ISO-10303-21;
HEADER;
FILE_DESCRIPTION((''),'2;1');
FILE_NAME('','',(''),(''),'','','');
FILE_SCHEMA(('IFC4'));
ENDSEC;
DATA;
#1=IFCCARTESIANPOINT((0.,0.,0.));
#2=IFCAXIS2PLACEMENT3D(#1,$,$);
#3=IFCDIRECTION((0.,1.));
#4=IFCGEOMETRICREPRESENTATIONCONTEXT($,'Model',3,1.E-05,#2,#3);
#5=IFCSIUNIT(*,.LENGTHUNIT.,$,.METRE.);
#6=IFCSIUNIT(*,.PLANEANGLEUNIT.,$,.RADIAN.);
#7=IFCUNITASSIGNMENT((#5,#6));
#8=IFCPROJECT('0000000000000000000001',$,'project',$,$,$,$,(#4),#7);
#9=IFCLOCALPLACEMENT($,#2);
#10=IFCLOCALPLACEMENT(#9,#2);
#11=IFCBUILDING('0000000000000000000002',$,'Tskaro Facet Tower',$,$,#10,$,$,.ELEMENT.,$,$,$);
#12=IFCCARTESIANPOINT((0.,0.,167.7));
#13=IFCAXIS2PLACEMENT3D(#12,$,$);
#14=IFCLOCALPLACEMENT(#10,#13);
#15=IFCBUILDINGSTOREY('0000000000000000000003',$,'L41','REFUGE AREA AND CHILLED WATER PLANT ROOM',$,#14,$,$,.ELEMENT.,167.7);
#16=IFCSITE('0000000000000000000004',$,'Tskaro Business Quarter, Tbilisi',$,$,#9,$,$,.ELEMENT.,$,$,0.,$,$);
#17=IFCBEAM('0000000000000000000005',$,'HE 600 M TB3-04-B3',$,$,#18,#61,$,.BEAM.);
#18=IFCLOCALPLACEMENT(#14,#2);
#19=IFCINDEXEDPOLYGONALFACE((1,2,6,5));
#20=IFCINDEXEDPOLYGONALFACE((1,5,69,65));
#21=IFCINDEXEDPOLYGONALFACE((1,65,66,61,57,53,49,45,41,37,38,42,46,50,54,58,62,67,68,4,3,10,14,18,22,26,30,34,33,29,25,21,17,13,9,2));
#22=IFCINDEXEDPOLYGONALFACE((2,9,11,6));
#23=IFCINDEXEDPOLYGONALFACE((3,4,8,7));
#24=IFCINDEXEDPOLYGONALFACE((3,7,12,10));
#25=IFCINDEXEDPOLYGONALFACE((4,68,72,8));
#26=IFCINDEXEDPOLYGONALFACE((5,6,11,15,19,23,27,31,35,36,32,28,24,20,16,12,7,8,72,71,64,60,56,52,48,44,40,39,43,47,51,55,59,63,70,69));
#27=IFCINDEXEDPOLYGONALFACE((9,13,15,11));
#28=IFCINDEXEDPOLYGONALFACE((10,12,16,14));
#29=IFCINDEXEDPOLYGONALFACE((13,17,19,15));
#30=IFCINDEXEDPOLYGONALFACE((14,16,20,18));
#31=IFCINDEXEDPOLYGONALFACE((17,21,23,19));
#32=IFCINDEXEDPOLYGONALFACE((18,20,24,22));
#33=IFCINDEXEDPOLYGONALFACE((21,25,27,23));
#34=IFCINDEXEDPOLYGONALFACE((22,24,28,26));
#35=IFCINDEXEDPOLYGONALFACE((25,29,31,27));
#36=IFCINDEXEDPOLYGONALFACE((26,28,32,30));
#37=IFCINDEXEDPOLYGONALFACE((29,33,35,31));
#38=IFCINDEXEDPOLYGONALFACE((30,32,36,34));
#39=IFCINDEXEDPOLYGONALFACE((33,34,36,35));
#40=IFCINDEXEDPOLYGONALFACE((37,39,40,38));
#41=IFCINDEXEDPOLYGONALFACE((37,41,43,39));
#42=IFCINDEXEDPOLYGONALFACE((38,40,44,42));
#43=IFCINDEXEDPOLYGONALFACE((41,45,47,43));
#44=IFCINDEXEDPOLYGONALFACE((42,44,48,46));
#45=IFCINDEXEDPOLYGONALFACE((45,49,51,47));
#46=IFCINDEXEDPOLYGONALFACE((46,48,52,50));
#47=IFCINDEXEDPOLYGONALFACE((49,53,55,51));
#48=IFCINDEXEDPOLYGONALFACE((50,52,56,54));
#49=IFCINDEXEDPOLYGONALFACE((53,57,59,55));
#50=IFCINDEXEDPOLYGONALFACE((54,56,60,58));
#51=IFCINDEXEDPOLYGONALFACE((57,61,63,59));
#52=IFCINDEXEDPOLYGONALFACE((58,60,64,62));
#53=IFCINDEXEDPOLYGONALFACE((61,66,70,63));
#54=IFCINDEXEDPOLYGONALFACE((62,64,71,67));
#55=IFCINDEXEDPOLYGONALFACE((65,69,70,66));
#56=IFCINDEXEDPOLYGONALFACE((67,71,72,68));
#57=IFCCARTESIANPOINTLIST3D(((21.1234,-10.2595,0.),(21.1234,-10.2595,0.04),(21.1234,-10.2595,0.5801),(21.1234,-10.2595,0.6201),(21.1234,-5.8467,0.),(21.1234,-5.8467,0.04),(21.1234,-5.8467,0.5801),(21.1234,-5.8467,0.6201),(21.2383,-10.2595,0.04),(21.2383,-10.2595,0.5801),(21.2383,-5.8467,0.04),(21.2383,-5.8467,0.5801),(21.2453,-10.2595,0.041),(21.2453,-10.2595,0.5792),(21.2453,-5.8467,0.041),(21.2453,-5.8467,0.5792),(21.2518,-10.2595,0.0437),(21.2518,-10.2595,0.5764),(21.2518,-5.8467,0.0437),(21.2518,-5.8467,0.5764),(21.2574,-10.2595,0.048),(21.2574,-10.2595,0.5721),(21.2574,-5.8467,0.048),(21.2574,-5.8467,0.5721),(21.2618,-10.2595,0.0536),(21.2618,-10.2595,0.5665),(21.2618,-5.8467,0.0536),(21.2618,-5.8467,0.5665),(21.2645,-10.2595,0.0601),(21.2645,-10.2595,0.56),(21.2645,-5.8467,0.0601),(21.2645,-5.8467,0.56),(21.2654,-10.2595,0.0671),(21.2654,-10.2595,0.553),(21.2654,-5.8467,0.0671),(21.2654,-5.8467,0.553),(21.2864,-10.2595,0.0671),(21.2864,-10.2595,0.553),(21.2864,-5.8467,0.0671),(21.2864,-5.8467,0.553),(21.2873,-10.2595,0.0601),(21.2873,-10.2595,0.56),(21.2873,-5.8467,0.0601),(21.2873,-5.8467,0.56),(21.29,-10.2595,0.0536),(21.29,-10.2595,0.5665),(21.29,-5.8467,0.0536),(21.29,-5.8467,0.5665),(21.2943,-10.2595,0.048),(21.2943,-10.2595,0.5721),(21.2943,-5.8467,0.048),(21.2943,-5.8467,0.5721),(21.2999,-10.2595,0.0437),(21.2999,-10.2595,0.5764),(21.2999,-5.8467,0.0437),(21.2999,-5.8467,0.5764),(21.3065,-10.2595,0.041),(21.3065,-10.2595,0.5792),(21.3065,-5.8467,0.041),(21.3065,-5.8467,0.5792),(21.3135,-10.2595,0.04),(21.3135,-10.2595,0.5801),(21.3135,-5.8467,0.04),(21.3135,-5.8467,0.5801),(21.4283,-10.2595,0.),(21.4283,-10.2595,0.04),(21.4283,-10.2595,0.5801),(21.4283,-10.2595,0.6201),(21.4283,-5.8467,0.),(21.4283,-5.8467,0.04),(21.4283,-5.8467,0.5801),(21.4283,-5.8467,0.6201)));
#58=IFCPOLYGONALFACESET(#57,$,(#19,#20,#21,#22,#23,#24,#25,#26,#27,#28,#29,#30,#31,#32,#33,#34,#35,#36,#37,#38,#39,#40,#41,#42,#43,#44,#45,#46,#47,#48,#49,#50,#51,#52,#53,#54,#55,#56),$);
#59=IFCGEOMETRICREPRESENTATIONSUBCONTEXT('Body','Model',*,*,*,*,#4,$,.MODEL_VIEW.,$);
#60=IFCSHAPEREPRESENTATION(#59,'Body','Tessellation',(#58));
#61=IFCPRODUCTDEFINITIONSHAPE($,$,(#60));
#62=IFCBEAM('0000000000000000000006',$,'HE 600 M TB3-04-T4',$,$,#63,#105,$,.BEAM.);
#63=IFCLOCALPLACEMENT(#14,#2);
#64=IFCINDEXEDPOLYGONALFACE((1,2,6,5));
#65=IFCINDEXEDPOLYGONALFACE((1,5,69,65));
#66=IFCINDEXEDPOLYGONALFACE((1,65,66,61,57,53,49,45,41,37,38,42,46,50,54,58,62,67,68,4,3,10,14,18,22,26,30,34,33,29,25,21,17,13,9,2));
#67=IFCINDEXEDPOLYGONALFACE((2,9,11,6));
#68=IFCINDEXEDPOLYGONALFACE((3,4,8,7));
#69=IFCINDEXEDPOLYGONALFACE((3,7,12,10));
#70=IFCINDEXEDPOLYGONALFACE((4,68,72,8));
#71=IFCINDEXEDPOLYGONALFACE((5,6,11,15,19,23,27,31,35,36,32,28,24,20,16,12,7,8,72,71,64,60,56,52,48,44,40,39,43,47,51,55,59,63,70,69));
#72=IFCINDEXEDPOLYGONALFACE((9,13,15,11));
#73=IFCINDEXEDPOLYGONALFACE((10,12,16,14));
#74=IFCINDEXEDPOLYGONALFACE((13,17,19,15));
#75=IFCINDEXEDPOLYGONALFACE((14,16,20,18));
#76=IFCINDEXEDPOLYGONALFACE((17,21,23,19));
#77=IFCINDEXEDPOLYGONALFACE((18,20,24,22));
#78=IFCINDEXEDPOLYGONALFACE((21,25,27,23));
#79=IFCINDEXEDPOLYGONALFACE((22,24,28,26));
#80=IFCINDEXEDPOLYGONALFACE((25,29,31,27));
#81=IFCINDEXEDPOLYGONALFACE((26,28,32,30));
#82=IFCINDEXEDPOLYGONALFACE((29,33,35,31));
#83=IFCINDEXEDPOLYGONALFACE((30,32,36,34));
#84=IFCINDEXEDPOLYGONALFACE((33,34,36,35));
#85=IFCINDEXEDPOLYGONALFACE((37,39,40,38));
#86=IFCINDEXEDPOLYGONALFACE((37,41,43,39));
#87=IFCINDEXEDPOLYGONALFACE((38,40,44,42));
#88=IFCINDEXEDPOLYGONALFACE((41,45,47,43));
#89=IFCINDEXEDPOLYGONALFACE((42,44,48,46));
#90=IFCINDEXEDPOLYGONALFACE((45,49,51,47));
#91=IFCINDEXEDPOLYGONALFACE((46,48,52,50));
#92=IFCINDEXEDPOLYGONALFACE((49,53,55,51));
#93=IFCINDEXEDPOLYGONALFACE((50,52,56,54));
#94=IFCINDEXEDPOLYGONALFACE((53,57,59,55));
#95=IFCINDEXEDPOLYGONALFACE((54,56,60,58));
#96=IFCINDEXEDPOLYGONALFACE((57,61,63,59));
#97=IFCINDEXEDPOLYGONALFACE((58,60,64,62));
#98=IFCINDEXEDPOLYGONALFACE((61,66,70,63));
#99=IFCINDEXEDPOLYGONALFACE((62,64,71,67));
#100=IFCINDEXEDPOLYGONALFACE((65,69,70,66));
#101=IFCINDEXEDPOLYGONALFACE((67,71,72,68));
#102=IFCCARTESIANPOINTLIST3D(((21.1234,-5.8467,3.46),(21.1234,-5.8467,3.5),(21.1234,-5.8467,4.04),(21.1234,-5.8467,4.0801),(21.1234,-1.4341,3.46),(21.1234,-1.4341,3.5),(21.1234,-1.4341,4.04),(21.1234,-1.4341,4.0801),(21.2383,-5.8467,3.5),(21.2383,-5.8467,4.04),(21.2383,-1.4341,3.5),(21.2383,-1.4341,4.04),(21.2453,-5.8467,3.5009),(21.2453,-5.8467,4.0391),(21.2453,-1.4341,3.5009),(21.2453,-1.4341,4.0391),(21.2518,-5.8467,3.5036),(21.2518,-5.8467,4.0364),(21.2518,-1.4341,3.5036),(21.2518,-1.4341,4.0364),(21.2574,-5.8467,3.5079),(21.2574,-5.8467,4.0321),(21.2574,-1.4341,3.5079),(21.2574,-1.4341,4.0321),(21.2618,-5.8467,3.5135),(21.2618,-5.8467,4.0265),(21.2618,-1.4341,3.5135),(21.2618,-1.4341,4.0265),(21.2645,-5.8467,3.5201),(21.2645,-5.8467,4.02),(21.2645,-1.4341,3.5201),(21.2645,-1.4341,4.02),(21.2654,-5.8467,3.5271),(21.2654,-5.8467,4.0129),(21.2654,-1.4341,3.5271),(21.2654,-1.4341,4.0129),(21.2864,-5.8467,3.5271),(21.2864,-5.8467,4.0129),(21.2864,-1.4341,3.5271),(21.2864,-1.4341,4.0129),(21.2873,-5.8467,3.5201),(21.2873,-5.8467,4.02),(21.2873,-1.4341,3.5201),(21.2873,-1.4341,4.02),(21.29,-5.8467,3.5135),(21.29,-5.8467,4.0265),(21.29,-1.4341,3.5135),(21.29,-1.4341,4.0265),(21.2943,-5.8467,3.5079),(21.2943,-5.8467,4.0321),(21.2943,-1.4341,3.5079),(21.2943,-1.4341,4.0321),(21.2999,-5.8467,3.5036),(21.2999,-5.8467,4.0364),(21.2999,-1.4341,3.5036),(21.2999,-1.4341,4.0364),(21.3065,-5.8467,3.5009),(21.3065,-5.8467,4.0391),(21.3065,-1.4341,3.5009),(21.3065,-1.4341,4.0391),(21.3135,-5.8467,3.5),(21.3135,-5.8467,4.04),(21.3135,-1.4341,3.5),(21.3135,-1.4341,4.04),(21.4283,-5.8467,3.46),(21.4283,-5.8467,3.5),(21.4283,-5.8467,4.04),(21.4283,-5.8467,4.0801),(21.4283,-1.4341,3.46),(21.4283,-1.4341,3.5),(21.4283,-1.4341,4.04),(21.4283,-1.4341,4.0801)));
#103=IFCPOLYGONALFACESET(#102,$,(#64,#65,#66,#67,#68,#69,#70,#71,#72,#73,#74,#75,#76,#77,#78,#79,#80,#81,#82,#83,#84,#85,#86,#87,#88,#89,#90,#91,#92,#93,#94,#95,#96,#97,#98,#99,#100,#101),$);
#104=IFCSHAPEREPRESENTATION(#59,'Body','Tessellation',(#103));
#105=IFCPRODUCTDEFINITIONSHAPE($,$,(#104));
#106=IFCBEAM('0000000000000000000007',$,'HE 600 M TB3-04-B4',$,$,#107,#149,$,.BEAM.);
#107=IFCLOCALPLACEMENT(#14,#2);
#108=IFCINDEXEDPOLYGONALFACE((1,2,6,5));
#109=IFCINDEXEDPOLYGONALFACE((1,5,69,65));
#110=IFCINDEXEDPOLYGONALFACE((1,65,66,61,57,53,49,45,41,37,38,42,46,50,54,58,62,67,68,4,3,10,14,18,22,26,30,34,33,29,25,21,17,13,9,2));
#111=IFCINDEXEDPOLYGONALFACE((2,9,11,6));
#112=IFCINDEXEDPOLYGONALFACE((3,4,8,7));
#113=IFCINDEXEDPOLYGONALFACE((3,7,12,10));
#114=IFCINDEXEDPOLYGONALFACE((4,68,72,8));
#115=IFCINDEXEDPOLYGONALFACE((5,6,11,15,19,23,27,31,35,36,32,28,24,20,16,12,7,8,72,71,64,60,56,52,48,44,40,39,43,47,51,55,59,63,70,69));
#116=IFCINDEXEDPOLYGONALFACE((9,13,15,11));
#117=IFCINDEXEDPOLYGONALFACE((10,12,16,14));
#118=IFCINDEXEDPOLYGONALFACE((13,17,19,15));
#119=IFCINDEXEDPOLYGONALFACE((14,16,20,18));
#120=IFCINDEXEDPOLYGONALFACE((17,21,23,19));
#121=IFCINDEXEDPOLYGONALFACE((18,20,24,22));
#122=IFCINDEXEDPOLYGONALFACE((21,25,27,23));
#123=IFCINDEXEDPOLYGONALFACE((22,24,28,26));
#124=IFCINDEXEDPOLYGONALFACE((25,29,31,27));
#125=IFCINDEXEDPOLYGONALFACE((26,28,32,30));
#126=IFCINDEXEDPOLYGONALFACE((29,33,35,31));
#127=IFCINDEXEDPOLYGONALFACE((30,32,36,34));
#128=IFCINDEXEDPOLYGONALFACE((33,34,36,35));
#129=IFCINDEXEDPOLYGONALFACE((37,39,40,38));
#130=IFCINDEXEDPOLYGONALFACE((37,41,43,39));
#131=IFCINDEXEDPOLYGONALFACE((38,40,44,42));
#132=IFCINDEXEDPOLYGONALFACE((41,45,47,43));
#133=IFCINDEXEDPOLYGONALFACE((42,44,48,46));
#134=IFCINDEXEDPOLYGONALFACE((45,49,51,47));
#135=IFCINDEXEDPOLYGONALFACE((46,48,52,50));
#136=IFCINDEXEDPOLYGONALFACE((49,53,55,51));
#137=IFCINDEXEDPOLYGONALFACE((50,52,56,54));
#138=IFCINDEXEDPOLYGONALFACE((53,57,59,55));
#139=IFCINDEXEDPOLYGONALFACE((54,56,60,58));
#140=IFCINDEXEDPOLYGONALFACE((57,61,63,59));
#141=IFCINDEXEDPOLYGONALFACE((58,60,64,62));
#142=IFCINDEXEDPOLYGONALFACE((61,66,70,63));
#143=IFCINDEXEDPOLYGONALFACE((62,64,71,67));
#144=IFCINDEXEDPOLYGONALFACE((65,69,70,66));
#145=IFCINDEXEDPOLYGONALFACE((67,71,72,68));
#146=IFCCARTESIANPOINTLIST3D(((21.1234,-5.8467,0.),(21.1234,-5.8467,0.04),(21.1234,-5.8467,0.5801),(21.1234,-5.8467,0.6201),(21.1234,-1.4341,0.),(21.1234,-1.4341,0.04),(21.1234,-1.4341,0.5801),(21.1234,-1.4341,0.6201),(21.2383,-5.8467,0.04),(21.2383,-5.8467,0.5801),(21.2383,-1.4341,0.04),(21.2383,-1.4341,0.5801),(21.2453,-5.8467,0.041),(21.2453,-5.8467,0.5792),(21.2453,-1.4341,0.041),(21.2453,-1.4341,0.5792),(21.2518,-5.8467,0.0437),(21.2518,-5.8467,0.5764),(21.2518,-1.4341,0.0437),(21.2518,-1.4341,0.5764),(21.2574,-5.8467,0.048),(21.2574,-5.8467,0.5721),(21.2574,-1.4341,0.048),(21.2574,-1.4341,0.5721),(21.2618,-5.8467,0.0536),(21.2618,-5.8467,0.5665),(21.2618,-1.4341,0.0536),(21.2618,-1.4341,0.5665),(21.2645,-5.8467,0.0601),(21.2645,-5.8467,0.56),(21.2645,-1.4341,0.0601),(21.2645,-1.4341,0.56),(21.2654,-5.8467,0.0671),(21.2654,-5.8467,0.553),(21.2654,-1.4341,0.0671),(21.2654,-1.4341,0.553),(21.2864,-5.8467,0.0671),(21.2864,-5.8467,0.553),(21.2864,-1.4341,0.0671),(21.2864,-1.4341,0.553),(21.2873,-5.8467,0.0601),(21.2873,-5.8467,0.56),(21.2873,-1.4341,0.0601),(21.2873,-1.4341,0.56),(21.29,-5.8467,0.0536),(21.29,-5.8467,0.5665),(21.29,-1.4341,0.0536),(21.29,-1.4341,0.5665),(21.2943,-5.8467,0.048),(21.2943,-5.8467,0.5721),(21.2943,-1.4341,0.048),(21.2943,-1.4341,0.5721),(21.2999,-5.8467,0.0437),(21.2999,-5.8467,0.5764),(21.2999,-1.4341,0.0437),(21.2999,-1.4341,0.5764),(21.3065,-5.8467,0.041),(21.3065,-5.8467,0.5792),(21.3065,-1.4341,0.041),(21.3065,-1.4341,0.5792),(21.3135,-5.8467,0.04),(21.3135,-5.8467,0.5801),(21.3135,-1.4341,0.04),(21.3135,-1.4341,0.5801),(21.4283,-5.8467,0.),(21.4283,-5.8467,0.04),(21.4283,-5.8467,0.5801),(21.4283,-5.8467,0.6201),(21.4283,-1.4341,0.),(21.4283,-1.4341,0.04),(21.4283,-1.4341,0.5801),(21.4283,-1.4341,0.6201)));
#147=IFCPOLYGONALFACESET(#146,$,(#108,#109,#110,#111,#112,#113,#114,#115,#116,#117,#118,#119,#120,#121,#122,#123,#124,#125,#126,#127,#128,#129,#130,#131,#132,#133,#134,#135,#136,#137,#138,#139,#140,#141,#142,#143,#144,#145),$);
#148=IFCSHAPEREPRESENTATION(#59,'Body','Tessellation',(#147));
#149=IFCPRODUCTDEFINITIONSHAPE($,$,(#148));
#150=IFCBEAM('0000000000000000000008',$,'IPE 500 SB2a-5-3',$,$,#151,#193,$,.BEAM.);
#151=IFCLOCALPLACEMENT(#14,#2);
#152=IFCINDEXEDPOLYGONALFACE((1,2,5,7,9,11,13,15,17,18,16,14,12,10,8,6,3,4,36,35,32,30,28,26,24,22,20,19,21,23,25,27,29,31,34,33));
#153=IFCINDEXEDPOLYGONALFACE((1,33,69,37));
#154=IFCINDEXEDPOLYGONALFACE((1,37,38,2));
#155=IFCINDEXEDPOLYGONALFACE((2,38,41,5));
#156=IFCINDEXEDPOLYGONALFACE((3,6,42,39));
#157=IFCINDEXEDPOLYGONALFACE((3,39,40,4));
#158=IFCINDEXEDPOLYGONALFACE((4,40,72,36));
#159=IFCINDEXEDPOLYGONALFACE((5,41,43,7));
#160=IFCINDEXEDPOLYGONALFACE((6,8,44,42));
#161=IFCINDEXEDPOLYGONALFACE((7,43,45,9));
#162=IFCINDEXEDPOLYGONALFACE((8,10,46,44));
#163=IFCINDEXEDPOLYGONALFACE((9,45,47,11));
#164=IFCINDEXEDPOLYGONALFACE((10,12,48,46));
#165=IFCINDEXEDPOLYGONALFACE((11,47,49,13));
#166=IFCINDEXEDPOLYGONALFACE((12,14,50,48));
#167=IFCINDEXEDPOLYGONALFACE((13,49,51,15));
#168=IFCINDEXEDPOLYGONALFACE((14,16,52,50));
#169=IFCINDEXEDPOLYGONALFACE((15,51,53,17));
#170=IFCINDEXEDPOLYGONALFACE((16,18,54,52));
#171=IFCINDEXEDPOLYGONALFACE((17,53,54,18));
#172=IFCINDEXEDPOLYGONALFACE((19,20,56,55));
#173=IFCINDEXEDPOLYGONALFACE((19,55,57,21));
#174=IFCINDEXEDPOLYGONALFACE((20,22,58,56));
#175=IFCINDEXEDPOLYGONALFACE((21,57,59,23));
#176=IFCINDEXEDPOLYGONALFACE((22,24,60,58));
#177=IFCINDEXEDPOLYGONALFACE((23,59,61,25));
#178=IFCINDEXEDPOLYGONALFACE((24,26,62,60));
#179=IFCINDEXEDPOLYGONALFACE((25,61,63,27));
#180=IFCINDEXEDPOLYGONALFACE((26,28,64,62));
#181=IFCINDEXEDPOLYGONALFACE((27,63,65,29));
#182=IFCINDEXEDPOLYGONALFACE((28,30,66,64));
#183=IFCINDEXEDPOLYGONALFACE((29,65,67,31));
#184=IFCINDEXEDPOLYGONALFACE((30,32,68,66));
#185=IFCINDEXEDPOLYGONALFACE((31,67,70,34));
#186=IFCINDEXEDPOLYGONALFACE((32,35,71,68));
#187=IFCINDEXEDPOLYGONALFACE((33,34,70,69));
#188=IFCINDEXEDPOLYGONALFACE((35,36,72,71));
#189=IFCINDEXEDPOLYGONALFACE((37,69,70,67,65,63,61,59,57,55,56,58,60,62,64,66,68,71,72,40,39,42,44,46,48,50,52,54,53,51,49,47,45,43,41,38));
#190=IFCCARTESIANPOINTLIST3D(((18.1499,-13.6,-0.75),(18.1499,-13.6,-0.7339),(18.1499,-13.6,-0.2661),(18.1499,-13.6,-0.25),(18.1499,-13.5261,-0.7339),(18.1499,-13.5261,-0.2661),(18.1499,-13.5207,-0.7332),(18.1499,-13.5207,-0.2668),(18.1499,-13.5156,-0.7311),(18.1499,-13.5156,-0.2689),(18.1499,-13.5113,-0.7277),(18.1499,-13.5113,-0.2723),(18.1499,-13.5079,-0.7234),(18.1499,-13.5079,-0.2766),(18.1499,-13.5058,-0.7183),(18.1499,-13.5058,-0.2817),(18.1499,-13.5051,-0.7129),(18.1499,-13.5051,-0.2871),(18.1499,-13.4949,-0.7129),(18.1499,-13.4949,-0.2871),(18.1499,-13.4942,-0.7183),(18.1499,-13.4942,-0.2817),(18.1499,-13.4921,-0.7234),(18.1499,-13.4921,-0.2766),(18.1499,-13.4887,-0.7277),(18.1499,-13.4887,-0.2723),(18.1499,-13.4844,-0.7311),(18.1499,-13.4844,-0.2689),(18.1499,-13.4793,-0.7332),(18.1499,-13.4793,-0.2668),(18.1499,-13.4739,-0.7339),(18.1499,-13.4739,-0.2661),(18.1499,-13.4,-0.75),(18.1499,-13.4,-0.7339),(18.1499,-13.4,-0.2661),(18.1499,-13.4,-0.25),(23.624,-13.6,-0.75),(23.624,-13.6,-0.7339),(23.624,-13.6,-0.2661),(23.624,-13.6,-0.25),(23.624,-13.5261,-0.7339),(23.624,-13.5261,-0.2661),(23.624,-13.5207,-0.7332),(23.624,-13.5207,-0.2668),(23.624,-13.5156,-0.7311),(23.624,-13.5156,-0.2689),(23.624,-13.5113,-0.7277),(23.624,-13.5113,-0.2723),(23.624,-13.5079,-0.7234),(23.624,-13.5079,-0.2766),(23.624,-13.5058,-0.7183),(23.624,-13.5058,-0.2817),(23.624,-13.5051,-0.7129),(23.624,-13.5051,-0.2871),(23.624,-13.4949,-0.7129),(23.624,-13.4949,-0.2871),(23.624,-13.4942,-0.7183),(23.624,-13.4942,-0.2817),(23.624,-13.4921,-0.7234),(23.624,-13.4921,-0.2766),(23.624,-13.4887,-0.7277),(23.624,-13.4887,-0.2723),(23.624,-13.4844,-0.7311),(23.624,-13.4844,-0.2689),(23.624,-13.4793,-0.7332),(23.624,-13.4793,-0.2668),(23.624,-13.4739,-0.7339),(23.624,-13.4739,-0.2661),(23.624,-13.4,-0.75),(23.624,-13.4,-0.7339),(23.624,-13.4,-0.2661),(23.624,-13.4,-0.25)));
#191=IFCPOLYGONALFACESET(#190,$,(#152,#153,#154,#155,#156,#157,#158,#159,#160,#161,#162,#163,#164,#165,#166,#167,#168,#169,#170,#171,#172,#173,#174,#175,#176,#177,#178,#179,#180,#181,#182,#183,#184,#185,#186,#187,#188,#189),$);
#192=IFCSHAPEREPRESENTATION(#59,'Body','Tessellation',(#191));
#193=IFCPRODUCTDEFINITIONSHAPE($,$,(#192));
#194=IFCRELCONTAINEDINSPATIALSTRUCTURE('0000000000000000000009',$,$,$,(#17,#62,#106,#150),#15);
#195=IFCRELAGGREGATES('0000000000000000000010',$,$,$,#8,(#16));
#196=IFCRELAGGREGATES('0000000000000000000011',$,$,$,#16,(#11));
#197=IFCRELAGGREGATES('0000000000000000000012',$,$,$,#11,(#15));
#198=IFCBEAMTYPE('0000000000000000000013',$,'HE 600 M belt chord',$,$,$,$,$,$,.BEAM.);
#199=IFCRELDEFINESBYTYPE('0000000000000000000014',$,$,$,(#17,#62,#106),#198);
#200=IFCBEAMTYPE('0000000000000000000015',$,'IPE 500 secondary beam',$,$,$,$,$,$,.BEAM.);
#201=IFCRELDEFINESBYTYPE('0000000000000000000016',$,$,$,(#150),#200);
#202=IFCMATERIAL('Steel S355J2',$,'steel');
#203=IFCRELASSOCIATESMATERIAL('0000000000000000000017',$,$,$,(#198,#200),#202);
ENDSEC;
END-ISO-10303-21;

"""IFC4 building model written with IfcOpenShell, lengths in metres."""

from ifc_helpers import new_model, si_unit, direction, frame, origin, origin_2d, place, context, subcontext, project, spatial, i_section, extrude, material, material_profile, profile_set, type_object, element, save


model = new_model("IFC4")

# Units and contexts
model_context = context("Model", 3, precision=1e-05, world=origin(), true_north=direction((0.0, 1.0)))
body_context = subcontext(model_context, "Body", "Model", "MODEL_VIEW")
ifc_project = project(units=[si_unit("LENGTHUNIT", "METRE"), si_unit("PLANEANGLEUNIT", "RADIAN")], contexts=[model_context])

# Site, building, storey
site_placement = place(None, origin())
site = spatial("IfcSite", under=ifc_project, at=site_placement, Name="Tskaro Business Quarter, Tbilisi", CompositionType="ELEMENT", RefElevation=0.0)
building_placement = place(site_placement, origin())
building = spatial("IfcBuilding", under=site, at=building_placement, Name="Tskaro Facet Tower", CompositionType="ELEMENT")
storey_placement = place(building_placement, frame((0.0, 0.0, 167.7)))
storey = spatial("IfcBuildingStorey", under=building, at=storey_placement, Name="L41", Description="REFUGE AREA AND CHILLED WATER PLANT ROOM", CompositionType="ELEMENT", Elevation=167.7)

# Beams
ifc_material_1 = material(Name="Steel S355J2", Category="steel")
ifc_material_profile_1 = material_profile(ifc_material_1, i_section(OverallWidth=0.3049, OverallDepth=0.6201, WebThickness=0.021, FlangeThickness=0.04, FilletRadius=0.0271, at=origin_2d()), Name="HE 600 M")
ifc_profile_set_1 = profile_set([ifc_material_profile_1], Name="Steel S355J2")
beam_type_1 = type_object("IfcBeamType", Name="HE 600 M belt chord", PredefinedType="BEAM", material=ifc_profile_set_1)
for number, where, z_axis, x_axis, name in (
    (1, (21.2759, -10.2595, 0.3101), (0.0, 1.0, 0.0), (-1.0, 0.0, 0.0), "HE 600 M TB3-04-B3"),
):
    element("IfcBeam", number, at=place(storey_placement, frame(where, z_axis=z_axis, x_axis=x_axis)), inside=storey, type_object=beam_type_1, Name=name, PredefinedType="BEAM", context=body_context, shape_type="SweptSolid", body=[
        extrude(i_section(OverallWidth=0.3049, OverallDepth=0.6201, WebThickness=0.021, FlangeThickness=0.04, FilletRadius=0.0271, at=origin_2d()), origin(), (0.0, 0.0, 1.0), 4.4128),
    ])
for number, where, z_axis, x_axis, name in (
    (2, (21.2759, -5.8467, 3.77), (0.0, 1.0, 0.0), (-1.0, 0.0, 0.0), "HE 600 M TB3-04-T4"),
    (3, (21.2759, -5.8467, 0.3101), (0.0, 1.0, 0.0), (-1.0, 0.0, 0.0), "HE 600 M TB3-04-B4"),
):
    element("IfcBeam", number, at=place(storey_placement, frame(where, z_axis=z_axis, x_axis=x_axis)), inside=storey, type_object=beam_type_1, Name=name, PredefinedType="BEAM", context=body_context, shape_type="SweptSolid", body=[
        extrude(i_section(OverallWidth=0.3049, OverallDepth=0.6201, WebThickness=0.021, FlangeThickness=0.04, FilletRadius=0.0271, at=origin_2d()), origin(), (0.0, 0.0, 1.0), 4.4126),
    ])
ifc_material_profile_2 = material_profile(ifc_material_1, i_section(OverallWidth=0.2, OverallDepth=0.5, WebThickness=0.0103, FlangeThickness=0.0161, FilletRadius=0.021, at=origin_2d()), Name="IPE 500")
ifc_profile_set_2 = profile_set([ifc_material_profile_2], Name="Steel S355J2")
beam_type_2 = type_object("IfcBeamType", Name="IPE 500 secondary beam", PredefinedType="BEAM", material=ifc_profile_set_2)
for number, where, z_axis, x_axis, name in (
    (4, (18.1499, -13.5, -0.5), (1.0, 0.0, 0.0), (0.0, 1.0, 0.0), "IPE 500 SB2a-5-3"),
):
    element("IfcBeam", number, at=place(storey_placement, frame(where, z_axis=z_axis, x_axis=x_axis)), inside=storey, type_object=beam_type_2, Name=name, PredefinedType="BEAM", context=body_context, shape_type="SweptSolid", body=[
        extrude(i_section(OverallWidth=0.2, OverallDepth=0.5, WebThickness=0.0103, FlangeThickness=0.0161, FilletRadius=0.021, at=origin_2d()), origin(), (0.0, 0.0, 1.0), 5.4741),
    ])

save(model, "model.ifc")
